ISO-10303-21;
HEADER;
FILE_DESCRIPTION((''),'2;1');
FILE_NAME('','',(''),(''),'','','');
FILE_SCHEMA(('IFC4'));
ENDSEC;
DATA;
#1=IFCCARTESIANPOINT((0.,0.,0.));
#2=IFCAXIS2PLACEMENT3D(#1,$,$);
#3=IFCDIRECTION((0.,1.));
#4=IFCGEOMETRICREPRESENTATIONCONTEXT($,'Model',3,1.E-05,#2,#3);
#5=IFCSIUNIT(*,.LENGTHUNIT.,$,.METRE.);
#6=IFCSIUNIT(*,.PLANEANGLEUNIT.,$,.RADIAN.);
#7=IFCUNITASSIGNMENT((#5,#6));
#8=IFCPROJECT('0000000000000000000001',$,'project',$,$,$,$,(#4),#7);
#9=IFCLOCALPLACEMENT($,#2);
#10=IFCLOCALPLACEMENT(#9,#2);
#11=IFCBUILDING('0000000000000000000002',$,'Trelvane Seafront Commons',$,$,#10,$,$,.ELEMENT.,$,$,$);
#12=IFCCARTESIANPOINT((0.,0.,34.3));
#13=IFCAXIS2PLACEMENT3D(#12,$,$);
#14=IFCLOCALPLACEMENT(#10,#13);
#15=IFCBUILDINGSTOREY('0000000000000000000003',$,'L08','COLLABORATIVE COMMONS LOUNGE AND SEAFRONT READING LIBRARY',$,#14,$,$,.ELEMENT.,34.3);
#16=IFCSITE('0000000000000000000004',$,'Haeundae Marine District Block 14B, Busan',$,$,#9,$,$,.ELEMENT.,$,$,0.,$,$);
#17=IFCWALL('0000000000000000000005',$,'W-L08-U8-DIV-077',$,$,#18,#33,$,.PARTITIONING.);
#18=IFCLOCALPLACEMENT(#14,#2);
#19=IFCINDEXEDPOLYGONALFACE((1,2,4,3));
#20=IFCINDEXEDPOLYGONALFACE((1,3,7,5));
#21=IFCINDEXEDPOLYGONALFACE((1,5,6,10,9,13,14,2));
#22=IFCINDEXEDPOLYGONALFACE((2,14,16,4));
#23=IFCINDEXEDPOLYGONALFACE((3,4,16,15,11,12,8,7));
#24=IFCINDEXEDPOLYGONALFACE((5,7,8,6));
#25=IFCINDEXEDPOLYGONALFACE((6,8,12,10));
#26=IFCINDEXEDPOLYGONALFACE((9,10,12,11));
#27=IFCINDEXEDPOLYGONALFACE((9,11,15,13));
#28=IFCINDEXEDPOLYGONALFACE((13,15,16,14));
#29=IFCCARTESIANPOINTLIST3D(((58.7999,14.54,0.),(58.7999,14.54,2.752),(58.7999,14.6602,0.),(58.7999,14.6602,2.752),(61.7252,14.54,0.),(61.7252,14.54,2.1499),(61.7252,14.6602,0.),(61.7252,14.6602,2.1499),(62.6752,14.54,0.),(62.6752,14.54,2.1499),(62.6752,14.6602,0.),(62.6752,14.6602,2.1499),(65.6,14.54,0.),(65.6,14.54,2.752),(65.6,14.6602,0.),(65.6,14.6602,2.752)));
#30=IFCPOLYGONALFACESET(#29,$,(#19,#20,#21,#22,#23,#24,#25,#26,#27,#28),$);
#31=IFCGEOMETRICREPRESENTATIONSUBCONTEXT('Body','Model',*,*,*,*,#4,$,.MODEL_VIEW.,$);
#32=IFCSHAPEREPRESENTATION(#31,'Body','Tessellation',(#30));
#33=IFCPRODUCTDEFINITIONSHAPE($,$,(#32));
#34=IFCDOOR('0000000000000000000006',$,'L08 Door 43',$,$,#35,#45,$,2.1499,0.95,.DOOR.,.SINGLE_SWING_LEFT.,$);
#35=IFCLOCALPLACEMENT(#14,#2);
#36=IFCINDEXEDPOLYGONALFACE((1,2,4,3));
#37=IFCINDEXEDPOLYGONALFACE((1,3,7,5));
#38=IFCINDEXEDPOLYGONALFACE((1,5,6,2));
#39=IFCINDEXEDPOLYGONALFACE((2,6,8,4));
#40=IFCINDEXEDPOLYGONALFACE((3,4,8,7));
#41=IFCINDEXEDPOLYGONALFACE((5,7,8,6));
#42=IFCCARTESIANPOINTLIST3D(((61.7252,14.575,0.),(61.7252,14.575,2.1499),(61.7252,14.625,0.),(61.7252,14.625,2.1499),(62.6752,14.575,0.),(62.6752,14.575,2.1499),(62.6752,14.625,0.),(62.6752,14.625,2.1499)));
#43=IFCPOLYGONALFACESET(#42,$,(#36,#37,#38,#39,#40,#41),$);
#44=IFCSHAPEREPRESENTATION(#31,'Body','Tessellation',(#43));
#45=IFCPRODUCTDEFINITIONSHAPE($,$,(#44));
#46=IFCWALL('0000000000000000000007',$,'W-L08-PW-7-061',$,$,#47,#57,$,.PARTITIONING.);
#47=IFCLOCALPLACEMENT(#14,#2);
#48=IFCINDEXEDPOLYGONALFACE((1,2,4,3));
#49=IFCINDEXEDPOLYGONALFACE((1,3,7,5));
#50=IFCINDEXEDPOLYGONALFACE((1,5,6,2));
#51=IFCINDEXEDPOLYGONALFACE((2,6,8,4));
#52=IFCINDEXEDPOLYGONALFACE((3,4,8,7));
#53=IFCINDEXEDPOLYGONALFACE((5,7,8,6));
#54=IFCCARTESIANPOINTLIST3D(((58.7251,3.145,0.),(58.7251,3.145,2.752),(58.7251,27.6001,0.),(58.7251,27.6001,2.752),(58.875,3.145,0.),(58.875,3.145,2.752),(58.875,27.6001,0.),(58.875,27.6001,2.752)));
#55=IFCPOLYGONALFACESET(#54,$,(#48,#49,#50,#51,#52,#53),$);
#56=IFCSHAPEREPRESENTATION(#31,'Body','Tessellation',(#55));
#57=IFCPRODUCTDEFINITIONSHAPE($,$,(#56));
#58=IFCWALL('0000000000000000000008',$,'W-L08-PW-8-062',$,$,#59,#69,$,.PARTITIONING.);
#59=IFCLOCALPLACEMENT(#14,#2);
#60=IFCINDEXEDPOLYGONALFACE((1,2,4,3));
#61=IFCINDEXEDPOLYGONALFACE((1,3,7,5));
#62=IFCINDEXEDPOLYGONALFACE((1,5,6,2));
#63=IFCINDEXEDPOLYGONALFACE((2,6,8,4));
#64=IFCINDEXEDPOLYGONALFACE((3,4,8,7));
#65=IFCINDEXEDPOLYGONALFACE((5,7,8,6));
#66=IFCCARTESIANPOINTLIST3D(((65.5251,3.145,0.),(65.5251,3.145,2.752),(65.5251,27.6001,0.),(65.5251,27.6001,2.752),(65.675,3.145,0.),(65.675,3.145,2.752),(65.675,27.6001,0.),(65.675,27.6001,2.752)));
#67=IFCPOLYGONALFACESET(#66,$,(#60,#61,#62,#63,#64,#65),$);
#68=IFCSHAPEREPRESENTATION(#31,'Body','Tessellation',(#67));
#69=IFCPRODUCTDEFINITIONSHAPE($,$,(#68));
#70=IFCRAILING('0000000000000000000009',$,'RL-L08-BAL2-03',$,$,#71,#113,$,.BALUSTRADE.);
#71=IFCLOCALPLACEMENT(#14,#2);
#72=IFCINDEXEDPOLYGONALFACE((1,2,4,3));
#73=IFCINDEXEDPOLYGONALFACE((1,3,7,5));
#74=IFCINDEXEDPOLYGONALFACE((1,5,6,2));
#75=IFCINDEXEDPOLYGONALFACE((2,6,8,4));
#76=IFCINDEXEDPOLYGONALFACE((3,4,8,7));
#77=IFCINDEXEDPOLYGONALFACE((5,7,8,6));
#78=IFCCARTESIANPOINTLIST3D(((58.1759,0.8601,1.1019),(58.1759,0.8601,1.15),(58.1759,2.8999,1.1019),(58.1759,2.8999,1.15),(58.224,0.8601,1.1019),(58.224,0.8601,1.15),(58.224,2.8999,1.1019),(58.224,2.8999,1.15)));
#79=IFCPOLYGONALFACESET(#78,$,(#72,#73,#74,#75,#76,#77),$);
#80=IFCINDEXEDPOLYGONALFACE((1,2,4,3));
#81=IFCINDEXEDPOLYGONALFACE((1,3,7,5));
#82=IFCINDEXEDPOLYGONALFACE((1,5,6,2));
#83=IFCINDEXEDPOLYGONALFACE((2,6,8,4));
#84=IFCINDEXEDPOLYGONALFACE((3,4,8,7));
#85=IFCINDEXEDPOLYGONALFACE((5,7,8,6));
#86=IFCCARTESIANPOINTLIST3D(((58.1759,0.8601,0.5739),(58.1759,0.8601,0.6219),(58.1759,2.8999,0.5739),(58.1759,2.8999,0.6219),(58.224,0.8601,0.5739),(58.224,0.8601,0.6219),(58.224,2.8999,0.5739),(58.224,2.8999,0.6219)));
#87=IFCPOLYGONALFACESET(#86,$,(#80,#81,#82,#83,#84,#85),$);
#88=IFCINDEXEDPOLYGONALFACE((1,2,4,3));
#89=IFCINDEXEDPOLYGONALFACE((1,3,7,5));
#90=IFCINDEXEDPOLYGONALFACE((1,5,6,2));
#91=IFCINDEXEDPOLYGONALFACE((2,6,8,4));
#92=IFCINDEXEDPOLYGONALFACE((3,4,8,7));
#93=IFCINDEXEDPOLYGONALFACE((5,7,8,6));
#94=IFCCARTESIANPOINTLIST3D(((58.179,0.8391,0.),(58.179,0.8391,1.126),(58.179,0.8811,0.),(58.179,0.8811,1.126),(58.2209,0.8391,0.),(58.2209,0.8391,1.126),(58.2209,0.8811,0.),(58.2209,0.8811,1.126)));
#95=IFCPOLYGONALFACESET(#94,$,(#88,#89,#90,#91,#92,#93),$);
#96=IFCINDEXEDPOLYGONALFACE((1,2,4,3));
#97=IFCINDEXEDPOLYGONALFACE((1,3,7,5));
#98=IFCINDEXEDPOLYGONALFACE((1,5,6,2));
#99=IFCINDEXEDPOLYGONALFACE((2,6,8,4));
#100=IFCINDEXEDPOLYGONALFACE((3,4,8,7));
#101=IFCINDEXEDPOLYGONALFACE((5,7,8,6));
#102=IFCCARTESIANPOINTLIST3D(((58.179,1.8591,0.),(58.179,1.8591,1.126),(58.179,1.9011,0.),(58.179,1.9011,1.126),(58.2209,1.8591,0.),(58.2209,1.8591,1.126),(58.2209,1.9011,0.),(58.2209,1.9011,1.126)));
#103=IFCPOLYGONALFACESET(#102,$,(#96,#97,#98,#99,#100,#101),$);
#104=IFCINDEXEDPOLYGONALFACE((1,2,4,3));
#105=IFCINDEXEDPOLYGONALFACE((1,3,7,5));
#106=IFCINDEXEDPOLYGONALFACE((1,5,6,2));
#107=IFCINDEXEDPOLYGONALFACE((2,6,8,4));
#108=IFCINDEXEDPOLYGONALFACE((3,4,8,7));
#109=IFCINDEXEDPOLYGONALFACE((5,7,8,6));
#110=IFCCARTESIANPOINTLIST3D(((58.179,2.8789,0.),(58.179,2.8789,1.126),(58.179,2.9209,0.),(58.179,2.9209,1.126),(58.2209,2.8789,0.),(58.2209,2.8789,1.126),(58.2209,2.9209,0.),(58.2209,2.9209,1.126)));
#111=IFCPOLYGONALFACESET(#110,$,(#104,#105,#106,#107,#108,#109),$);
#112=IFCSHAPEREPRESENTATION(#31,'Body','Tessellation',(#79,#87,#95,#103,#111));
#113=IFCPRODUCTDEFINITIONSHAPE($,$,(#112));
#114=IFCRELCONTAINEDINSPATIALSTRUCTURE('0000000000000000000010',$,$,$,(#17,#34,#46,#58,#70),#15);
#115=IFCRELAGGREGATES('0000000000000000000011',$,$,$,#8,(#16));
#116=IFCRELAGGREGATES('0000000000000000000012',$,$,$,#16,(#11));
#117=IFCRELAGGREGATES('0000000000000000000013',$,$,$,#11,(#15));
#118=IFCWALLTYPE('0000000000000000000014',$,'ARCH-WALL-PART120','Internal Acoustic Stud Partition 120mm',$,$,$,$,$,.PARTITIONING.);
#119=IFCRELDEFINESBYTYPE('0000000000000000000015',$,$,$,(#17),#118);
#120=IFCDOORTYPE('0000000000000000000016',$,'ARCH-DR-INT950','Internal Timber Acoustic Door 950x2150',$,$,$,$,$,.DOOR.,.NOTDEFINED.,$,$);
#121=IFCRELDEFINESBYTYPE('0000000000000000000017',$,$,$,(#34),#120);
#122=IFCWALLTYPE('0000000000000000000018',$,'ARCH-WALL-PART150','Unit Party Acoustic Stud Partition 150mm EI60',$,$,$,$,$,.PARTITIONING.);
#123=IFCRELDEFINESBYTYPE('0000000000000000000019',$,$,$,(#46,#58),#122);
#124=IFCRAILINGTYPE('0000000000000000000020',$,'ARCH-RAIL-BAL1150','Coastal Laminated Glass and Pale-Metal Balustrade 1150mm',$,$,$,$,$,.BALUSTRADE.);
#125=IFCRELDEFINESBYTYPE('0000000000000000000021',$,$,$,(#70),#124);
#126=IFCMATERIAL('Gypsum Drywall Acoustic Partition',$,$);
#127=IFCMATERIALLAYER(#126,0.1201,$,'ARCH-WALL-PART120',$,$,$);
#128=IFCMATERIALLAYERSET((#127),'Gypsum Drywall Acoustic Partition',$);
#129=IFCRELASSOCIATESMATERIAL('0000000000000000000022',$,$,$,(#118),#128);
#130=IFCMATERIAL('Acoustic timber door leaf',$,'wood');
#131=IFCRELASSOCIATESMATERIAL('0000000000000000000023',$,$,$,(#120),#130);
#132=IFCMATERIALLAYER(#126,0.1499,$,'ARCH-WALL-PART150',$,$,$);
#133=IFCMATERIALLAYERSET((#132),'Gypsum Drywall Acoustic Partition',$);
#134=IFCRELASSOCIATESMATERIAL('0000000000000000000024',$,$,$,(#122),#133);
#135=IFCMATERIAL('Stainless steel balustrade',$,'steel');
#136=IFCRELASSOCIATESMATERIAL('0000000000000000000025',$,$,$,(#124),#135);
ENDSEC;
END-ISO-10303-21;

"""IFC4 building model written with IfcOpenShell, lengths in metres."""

from ifc_helpers import new_model, si_unit, direction, frame, frame_2d, origin, origin_2d, place, context, subcontext, project, spatial, rectangle, extrude, source, transform, mapped, material, layer, layer_set, type_object, element, fill, save


model = new_model("IFC4")

# Units and contexts
model_context = context("Model", 3, precision=1e-05, world=origin(), true_north=direction((0.0, 1.0)))
body_context = subcontext(model_context, "Body", "Model", "MODEL_VIEW")
ifc_project = project(units=[si_unit("LENGTHUNIT", "METRE"), si_unit("PLANEANGLEUNIT", "RADIAN")], contexts=[model_context])

# Site, building, storey
site_placement = place(None, origin())
site = spatial("IfcSite", under=ifc_project, at=site_placement, Name="Haeundae Marine District Block 14B, Busan", CompositionType="ELEMENT", RefElevation=0.0)
building_placement = place(site_placement, origin())
building = spatial("IfcBuilding", under=site, at=building_placement, Name="Trelvane Seafront Commons", CompositionType="ELEMENT")
storey_placement = place(building_placement, frame((0.0, 0.0, 34.3)))
storey = spatial("IfcBuildingStorey", under=building, at=storey_placement, Name="L08", Description="COLLABORATIVE COMMONS LOUNGE AND SEAFRONT READING LIBRARY", CompositionType="ELEMENT", Elevation=34.3)

# Wall, opening, door
ifc_material_1 = material(Name="Gypsum Drywall Acoustic Partition")
ifc_layer_1 = layer(ifc_material_1, 0.1201, Name="ARCH-WALL-PART120")
ifc_layer_set_1 = layer_set([ifc_layer_1], Name="Gypsum Drywall Acoustic Partition")
wall_type_1 = type_object("IfcWallType", Name="ARCH-WALL-PART120", Description="Internal Acoustic Stud Partition 120mm", PredefinedType="PARTITIONING", material=ifc_layer_set_1)
wall_1_placement = place(storey_placement, frame((58.8, 14.6001, 0.0), z_axis=(0.0, 0.0, 1.0), x_axis=(1.0, 0.0, 0.0)))
wall_1 = element("IfcWall", 1, at=wall_1_placement, inside=storey, type_object=wall_type_1, Name="W-L08-U8-DIV-077", PredefinedType="PARTITIONING", context=body_context, shape_type="SweptSolid", body=[
    extrude(rectangle(XDim=6.8, YDim=0.1201, at=frame_2d((3.3999, 0.0))), origin(), (0.0, 0.0, 1.0), 2.752),
])
opening_1_placement = place(wall_1_placement, frame((2.925, 0.0, 0.0)))
opening_1 = element("IfcOpeningElement", 2, at=opening_1_placement, cuts=wall_1, PredefinedType="OPENING", context=body_context, shape_type="SweptSolid", body=[
    extrude(rectangle(XDim=0.95, YDim=2.1499, at=frame_2d((0.4751, 1.075))), frame((0.0, 0.0701, 0.0), z_axis=(0.0, -1.0, 0.0), x_axis=(1.0, 0.0, 0.0)), (0.0, 0.0, 1.0), 0.1401),
])
ifc_material_2 = material(Name="Acoustic timber door leaf", Category="wood")
door_type_1 = type_object("IfcDoorType", Name="ARCH-DR-INT950", Description="Internal Timber Acoustic Door 950x2150", OperationType="NOTDEFINED", PredefinedType="DOOR", material=ifc_material_2)
shared_shape_1 = source(origin(), body_context, "Body", "SweptSolid", [
    extrude(rectangle(XDim=0.95, YDim=2.1499, at=frame_2d((0.4751, 1.075))), frame((0.0, 0.0249, 0.0), z_axis=(0.0, -1.0, 0.0), x_axis=(1.0, 0.0, 0.0)), (0.0, 0.0, 1.0), 0.05),
])
door_1_placement = place(opening_1_placement, origin())
door_1 = element("IfcDoor", 3, at=door_1_placement, inside=storey, type_object=door_type_1, Name="L08 Door 43", OperationType="SINGLE_SWING_LEFT", OverallHeight=2.1499, OverallWidth=0.95, PredefinedType="DOOR", context=body_context, shape_type="MappedRepresentation", body=[
    mapped(shared_shape_1, transform((0.0, 0.0, 0.0), x_axis=(1.0, 0.0, 0.0), y_axis=(0.0, 1.0, 0.0), z_axis=(0.0, 0.0, 1.0), scale=1.0)),
])
fill(opening_1, door_1)

# Walls
ifc_layer_2 = layer(ifc_material_1, 0.1499, Name="ARCH-WALL-PART150")
ifc_layer_set_2 = layer_set([ifc_layer_2], Name="Gypsum Drywall Acoustic Partition")
wall_type_2 = type_object("IfcWallType", Name="ARCH-WALL-PART150", Description="Unit Party Acoustic Stud Partition 150mm EI60", PredefinedType="PARTITIONING", material=ifc_layer_set_2)
for number, where, z_axis, x_axis, name in (
    (4, (58.8, 3.145, 0.0), (0.0, 0.0, 1.0), (0.0, 1.0, 0.0), "W-L08-PW-7-061"),
    (5, (65.6001, 3.145, 0.0), (0.0, 0.0, 1.0), (0.0, 1.0, 0.0), "W-L08-PW-8-062"),
):
    element("IfcWall", number, at=place(storey_placement, frame(where, z_axis=z_axis, x_axis=x_axis)), inside=storey, type_object=wall_type_2, Name=name, PredefinedType="PARTITIONING", context=body_context, shape_type="SweptSolid", body=[
        extrude(rectangle(XDim=24.4551, YDim=0.1499, at=frame_2d((12.2275, 0.0))), origin(), (0.0, 0.0, 1.0), 2.752),
    ])

# Railing
ifc_material_3 = material(Name="Stainless steel balustrade", Category="steel")
railing_type = type_object("IfcRailingType", Name="ARCH-RAIL-BAL1150", Description="Coastal Laminated Glass and Pale-Metal Balustrade 1150mm", PredefinedType="BALUSTRADE", material=ifc_material_3)
railing_placement = place(storey_placement, frame((58.2, 0.8601, 0.0)))
element("IfcRailing", 6, at=railing_placement, inside=storey, type_object=railing_type, Name="RL-L08-BAL2-03", PredefinedType="BALUSTRADE", context=body_context, shape_type="SweptSolid", body=[
    extrude(rectangle(XDim=0.0481, YDim=0.0481, at=origin_2d()), frame((0.0, 0.0, 1.126), z_axis=(0.0, 1.0, 0.0), x_axis=(-1.0, 0.0, 0.0)), (0.0, 0.0, 1.0), 2.0398),
    extrude(rectangle(XDim=0.0481, YDim=0.0481, at=origin_2d()), frame((0.0, 0.0, 0.5979), z_axis=(0.0, 1.0, 0.0), x_axis=(-1.0, 0.0, 0.0)), (0.0, 0.0, 1.0), 2.0398),
    extrude(rectangle(XDim=0.042, YDim=0.042, at=origin_2d()), origin(), (0.0, 0.0, 1.0), 1.126),
    extrude(rectangle(XDim=0.042, YDim=0.042, at=origin_2d()), frame((0.0, 1.02, 0.0)), (0.0, 0.0, 1.0), 1.126),
    extrude(rectangle(XDim=0.042, YDim=0.042, at=origin_2d()), frame((0.0, 2.0398, 0.0)), (0.0, 0.0, 1.0), 1.126),
])

save(model, "model.ifc")
